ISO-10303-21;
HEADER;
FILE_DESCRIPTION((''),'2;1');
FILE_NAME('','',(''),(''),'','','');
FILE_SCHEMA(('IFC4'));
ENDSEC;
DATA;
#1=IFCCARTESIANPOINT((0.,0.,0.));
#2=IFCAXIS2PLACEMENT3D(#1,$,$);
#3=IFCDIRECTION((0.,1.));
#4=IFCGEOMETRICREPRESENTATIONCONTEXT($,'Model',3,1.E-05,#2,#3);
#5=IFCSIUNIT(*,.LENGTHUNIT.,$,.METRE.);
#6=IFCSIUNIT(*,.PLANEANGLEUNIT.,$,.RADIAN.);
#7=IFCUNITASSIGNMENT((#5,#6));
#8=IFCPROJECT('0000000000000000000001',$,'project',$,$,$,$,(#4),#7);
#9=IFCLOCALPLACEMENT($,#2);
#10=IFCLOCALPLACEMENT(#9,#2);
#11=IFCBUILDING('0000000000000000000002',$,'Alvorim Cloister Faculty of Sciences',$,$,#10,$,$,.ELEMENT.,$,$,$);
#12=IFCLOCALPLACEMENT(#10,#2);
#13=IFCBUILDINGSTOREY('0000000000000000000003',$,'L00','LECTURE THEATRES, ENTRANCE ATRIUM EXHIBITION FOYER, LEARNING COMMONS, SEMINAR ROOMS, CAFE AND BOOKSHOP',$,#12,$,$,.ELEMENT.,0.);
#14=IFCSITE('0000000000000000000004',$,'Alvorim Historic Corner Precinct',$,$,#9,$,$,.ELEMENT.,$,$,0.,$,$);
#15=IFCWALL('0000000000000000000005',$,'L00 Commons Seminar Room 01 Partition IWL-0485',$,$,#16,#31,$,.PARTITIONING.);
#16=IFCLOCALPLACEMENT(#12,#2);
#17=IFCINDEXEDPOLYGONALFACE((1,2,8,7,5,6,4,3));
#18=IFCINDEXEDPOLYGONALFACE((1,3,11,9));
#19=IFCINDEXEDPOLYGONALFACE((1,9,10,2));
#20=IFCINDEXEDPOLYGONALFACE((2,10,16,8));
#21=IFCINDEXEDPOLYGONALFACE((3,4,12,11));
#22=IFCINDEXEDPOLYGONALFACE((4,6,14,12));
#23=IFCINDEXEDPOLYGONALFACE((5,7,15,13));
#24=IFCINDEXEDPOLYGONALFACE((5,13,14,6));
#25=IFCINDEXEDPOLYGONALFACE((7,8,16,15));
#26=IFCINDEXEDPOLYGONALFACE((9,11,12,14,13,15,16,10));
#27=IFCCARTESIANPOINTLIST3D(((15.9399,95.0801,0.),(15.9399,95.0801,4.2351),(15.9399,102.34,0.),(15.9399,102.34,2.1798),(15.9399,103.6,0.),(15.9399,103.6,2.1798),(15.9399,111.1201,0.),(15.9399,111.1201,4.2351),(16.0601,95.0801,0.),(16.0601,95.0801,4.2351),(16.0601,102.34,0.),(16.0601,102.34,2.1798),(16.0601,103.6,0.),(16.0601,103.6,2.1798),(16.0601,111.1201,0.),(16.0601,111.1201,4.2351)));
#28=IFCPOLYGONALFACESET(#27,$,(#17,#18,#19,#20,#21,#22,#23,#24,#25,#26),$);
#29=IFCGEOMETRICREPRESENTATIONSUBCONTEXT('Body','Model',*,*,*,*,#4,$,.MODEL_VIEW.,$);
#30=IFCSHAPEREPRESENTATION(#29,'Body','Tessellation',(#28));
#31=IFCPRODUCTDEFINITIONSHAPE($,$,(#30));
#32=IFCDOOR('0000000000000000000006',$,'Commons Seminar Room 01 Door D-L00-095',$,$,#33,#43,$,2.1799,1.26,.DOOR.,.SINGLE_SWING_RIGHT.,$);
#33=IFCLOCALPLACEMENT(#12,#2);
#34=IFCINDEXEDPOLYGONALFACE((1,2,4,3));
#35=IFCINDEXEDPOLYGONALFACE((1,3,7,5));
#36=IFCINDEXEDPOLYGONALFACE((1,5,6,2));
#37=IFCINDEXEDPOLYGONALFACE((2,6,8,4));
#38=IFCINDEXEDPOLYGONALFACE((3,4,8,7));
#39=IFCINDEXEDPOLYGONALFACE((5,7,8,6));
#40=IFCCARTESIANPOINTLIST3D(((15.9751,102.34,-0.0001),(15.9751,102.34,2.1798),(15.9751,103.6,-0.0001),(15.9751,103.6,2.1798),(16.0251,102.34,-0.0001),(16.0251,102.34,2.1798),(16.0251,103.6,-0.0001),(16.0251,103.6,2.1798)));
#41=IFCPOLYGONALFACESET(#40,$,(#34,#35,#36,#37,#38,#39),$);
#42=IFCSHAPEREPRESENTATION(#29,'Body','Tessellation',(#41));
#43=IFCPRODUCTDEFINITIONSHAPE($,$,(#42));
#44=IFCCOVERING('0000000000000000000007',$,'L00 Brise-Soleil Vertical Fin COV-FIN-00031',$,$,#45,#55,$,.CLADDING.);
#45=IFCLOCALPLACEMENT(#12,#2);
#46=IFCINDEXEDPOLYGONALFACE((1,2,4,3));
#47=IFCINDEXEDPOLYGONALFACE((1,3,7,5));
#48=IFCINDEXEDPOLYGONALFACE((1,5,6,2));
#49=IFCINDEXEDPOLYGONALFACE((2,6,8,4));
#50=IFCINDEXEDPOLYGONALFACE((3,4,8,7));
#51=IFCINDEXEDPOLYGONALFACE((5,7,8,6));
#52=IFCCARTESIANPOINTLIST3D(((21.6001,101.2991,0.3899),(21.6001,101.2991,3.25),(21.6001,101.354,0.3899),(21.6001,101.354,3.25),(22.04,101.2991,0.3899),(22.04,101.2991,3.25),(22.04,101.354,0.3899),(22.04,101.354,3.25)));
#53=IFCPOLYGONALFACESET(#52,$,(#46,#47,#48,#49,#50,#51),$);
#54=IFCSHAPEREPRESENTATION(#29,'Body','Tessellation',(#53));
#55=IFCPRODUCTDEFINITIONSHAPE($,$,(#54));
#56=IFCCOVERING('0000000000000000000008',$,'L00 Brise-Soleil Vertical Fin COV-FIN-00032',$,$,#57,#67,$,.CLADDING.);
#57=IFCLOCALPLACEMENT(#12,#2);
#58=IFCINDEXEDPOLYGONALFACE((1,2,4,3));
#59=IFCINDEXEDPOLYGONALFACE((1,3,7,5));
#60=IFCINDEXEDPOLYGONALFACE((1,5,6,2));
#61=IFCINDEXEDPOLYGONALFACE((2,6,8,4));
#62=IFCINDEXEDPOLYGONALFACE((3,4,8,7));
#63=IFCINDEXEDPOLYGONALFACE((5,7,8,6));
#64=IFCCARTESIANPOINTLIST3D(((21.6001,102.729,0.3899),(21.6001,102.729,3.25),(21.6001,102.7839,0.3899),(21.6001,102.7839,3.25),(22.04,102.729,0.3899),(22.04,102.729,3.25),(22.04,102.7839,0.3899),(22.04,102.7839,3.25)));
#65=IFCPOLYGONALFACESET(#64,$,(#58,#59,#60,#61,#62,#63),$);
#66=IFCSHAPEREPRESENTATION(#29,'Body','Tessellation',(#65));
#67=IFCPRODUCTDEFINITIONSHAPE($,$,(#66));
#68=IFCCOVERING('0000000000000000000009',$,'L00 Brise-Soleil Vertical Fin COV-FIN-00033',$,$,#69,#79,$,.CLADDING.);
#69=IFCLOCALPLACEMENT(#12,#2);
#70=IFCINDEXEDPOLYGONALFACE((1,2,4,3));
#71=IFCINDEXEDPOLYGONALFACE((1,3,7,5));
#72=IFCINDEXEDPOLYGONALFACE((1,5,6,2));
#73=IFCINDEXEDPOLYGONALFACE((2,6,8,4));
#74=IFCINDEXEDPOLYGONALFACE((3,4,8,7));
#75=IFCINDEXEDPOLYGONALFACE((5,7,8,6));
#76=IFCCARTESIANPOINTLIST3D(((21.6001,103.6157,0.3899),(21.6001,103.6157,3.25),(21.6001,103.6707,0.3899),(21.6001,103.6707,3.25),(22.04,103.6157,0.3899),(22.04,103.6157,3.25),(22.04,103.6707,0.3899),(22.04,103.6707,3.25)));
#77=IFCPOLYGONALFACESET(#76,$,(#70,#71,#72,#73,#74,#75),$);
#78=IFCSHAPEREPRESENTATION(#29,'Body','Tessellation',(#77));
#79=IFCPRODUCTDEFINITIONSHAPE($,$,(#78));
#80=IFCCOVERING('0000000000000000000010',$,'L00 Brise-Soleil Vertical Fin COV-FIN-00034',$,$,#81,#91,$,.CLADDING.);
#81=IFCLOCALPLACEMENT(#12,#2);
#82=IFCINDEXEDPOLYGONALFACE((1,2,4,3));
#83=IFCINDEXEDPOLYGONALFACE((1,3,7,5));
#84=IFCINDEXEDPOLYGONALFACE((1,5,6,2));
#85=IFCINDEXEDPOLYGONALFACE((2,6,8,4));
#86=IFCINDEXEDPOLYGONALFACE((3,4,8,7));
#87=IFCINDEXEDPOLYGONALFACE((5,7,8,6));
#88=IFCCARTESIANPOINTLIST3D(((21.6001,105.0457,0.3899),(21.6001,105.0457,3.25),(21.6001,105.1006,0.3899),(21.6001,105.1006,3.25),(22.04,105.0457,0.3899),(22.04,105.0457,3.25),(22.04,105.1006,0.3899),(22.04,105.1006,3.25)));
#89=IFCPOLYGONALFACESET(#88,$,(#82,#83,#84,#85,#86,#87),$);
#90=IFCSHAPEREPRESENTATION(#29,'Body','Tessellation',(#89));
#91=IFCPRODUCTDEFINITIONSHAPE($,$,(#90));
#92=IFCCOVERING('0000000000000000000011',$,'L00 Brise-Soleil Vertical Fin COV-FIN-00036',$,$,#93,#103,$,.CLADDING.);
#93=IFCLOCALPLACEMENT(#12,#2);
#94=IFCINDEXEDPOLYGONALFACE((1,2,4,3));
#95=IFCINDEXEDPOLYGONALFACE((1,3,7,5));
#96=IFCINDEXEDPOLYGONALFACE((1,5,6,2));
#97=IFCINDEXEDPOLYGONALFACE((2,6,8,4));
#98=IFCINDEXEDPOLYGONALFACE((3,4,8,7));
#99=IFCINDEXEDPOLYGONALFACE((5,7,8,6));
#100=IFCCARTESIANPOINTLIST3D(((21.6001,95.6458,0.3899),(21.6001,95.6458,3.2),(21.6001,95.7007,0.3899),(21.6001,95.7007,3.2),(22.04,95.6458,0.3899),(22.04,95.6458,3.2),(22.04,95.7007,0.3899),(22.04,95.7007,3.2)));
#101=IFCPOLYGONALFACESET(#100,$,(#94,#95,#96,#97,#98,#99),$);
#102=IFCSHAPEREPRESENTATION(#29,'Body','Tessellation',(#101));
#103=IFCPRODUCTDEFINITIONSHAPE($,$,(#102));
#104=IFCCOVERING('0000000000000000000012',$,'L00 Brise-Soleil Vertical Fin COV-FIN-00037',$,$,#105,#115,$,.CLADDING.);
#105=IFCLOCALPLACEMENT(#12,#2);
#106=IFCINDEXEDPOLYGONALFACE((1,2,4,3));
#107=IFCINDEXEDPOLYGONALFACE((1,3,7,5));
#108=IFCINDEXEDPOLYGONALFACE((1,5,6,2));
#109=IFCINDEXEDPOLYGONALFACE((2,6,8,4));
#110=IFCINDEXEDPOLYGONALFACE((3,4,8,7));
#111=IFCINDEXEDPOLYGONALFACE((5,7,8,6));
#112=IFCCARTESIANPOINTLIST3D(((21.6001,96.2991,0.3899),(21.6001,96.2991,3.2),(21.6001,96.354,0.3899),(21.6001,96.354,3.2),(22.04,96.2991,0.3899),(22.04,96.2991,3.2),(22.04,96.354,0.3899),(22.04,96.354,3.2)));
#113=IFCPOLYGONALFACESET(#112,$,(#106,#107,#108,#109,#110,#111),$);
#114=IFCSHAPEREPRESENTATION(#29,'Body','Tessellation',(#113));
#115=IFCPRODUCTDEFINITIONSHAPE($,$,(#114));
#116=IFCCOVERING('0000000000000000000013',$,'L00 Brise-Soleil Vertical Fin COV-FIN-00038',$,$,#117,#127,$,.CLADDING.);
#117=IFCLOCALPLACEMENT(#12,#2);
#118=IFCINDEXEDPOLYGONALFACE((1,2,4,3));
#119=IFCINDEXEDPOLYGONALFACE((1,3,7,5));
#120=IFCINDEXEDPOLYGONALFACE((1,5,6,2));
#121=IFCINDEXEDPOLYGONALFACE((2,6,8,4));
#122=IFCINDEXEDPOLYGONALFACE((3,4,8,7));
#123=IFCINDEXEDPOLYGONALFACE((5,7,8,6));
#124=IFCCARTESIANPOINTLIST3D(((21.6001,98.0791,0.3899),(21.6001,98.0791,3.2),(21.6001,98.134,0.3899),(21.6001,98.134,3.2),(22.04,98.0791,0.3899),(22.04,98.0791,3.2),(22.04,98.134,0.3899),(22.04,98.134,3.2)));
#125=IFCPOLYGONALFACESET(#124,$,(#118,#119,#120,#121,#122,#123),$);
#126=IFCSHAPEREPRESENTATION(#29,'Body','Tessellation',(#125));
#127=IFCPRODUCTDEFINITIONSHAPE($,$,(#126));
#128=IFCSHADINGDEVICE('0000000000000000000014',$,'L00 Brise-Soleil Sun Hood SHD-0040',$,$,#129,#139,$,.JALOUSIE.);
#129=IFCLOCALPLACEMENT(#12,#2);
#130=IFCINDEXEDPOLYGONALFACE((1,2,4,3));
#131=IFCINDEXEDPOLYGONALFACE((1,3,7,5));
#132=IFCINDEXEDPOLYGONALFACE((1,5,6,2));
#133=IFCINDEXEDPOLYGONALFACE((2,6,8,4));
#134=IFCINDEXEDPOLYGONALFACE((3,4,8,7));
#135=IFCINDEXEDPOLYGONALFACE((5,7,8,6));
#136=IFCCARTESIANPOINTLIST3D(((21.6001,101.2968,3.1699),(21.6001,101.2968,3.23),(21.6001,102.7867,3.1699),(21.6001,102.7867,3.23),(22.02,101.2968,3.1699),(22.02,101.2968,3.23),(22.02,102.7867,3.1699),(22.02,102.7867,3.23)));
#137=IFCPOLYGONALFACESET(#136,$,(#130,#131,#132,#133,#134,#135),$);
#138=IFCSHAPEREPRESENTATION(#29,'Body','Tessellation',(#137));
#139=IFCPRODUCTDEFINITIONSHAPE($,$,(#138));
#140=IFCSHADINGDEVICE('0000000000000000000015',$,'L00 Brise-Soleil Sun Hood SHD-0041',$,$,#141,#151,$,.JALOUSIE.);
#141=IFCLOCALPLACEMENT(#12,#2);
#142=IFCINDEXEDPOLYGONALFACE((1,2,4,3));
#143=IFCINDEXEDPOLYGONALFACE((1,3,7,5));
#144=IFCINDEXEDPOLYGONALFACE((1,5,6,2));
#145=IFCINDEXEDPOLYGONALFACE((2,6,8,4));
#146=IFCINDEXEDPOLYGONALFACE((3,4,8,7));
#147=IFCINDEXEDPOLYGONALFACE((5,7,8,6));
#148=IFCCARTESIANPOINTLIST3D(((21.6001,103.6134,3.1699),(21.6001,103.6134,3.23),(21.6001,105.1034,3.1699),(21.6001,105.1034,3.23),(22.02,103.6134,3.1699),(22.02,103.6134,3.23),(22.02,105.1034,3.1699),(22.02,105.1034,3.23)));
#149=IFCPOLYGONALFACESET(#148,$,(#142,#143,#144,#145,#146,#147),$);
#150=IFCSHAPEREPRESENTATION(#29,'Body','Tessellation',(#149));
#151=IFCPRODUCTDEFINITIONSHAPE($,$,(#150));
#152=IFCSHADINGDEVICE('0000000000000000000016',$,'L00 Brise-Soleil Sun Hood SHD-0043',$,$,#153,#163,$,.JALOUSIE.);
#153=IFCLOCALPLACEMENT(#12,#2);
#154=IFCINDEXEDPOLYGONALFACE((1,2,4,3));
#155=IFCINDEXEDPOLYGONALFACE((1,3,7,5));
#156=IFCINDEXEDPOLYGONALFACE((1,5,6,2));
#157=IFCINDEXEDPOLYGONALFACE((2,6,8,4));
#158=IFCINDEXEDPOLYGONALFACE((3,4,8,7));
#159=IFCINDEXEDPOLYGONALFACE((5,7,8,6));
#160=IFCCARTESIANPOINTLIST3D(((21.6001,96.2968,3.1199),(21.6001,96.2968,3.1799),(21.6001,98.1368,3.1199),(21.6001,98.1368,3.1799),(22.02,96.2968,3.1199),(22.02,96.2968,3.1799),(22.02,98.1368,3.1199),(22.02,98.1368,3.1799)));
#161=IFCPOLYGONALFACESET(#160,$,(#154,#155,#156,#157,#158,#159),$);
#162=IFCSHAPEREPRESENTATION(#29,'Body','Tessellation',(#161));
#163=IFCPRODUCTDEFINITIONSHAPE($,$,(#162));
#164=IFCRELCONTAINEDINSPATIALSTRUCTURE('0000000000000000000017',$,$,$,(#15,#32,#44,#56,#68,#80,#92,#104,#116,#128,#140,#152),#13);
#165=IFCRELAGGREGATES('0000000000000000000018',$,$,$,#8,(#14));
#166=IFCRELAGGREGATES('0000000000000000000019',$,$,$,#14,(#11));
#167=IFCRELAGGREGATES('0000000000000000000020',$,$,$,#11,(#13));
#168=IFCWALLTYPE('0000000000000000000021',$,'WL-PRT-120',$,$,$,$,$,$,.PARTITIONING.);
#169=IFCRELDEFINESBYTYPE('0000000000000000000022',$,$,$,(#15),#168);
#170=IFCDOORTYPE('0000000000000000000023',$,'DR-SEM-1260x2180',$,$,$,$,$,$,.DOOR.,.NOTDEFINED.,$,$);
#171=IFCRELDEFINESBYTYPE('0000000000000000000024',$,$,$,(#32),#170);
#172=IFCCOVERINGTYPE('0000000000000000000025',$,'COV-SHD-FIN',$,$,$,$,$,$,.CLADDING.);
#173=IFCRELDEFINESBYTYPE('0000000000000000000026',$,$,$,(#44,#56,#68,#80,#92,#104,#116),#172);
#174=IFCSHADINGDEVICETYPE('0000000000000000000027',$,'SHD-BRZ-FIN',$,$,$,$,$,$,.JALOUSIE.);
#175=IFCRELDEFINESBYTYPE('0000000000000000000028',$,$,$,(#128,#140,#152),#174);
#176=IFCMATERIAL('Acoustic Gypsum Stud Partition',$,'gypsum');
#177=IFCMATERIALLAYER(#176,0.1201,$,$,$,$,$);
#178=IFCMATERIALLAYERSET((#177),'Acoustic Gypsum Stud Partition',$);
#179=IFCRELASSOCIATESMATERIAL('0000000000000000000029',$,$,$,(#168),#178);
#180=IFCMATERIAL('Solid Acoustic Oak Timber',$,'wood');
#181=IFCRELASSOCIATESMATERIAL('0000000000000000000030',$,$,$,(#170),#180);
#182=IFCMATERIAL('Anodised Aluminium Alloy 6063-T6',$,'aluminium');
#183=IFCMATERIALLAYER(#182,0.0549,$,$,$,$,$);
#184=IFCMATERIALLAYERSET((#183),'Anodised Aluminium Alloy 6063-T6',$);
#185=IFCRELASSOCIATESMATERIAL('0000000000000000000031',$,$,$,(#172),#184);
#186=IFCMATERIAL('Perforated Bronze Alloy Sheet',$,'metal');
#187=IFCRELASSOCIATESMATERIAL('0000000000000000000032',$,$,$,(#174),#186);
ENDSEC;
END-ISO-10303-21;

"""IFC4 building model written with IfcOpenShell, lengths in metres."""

from ifc_helpers import new_model, si_unit, direction, frame, frame_2d, origin, origin_2d, place, context, subcontext, project, spatial, polyline, rectangle, outline, extrude, material, layer, layer_set, type_object, element, fill, save


model = new_model("IFC4")

# Units and contexts
model_context = context("Model", 3, precision=1e-05, world=origin(), true_north=direction((0.0, 1.0)))
body_context = subcontext(model_context, "Body", "Model", "MODEL_VIEW")
ifc_project = project(units=[si_unit("LENGTHUNIT", "METRE"), si_unit("PLANEANGLEUNIT", "RADIAN")], contexts=[model_context])

# Site, building, storey
site_placement = place(None, origin())
site = spatial("IfcSite", under=ifc_project, at=site_placement, Name="Alvorim Historic Corner Precinct", CompositionType="ELEMENT", RefElevation=0.0)
building_placement = place(site_placement, origin())
building = spatial("IfcBuilding", under=site, at=building_placement, Name="Alvorim Cloister Faculty of Sciences", CompositionType="ELEMENT")
storey_placement = place(building_placement, origin())
storey = spatial("IfcBuildingStorey", under=building, at=storey_placement, Name="L00", Description="LECTURE THEATRES, ENTRANCE ATRIUM EXHIBITION FOYER, LEARNING COMMONS, SEMINAR ROOMS, CAFE AND BOOKSHOP", CompositionType="ELEMENT", Elevation=0.0)

# Wall, opening, door
ifc_material_1 = material(Name="Acoustic Gypsum Stud Partition", Category="gypsum")
ifc_layer_1 = layer(ifc_material_1, 0.1201)
ifc_layer_set_1 = layer_set([ifc_layer_1], Name="Acoustic Gypsum Stud Partition")
wall_type_1 = type_object("IfcWallType", Name="WL-PRT-120", PredefinedType="PARTITIONING", material=ifc_layer_set_1)
wall_1_placement = place(storey_placement, frame((16.0, 95.0801, 0.0), z_axis=(0.0, 0.0, 1.0), x_axis=(0.0, 1.0, 0.0)))
wall_1 = element("IfcWall", 1, at=wall_1_placement, inside=storey, type_object=wall_type_1, Name="L00 Commons Seminar Room 01 Partition IWL-0485", PredefinedType="PARTITIONING", context=body_context, shape_type="SweptSolid", body=[
    extrude(rectangle(XDim=16.04, YDim=0.1201, at=frame_2d((8.02, 0.0))), origin(), (0.0, 0.0, 1.0), 4.2351),
])
opening_1_placement = place(wall_1_placement, frame((7.26, 0.0, 0.0)))
opening_1 = element("IfcOpeningElement", 2, at=opening_1_placement, cuts=wall_1, PredefinedType="OPENING", context=body_context, shape_type="SweptSolid", body=[
    extrude(rectangle(XDim=1.26, YDim=2.1799, at=frame_2d((0.6299, 1.0898))), frame((0.0, 0.072, 0.0), z_axis=(0.0, -1.0, 0.0), x_axis=(1.0, 0.0, 0.0)), (0.0, 0.0, 1.0), 0.144),
])
ifc_material_2 = material(Name="Solid Acoustic Oak Timber", Category="wood")
door_type = type_object("IfcDoorType", Name="DR-SEM-1260x2180", OperationType="NOTDEFINED", PredefinedType="DOOR", material=ifc_material_2)
door_placement = place(opening_1_placement, origin())
door = element("IfcDoor", 3, at=door_placement, inside=storey, type_object=door_type, Name="Commons Seminar Room 01 Door D-L00-095", OperationType="SINGLE_SWING_RIGHT", OverallHeight=2.1799, OverallWidth=1.26, PredefinedType="DOOR", context=body_context, shape_type="SweptSolid", body=[
    extrude(rectangle(XDim=1.26, YDim=2.1799, at=frame_2d((0.6299, 1.0898))), frame((0.0, 0.0249, 0.0), z_axis=(0.0, -1.0, 0.0), x_axis=(1.0, 0.0, 0.0)), (0.0, 0.0, 1.0), 0.05),
])
fill(opening_1, door)

# Coverings
ifc_material_3 = material(Name="Anodised Aluminium Alloy 6063-T6", Category="aluminium")
ifc_layer_2 = layer(ifc_material_3, 0.0549)
ifc_layer_set_2 = layer_set([ifc_layer_2], Name="Anodised Aluminium Alloy 6063-T6")
covering_type = type_object("IfcCoveringType", Name="COV-SHD-FIN", PredefinedType="CLADDING", material=ifc_layer_set_2)
for number, where, z_axis, x_axis, name in (
    (4, (21.6001, 101.3267, 0.3899), (0.0, 0.0, 1.0), (1.0, 0.0, 0.0), "L00 Brise-Soleil Vertical Fin COV-FIN-00031"),
    (5, (21.6001, 102.7566, 0.3899), (0.0, 0.0, 1.0), (1.0, 0.0, 0.0), "L00 Brise-Soleil Vertical Fin COV-FIN-00032"),
    (6, (21.6001, 103.6433, 0.3899), (0.0, 0.0, 1.0), (1.0, 0.0, 0.0), "L00 Brise-Soleil Vertical Fin COV-FIN-00033"),
    (7, (21.6001, 105.0732, 0.3899), (0.0, 0.0, 1.0), (1.0, 0.0, 0.0), "L00 Brise-Soleil Vertical Fin COV-FIN-00034"),
):
    element("IfcCovering", number, at=place(storey_placement, frame(where, z_axis=z_axis, x_axis=x_axis)), inside=storey, type_object=covering_type, Name=name, PredefinedType="CLADDING", context=body_context, shape_type="SweptSolid", body=[
        extrude(outline(polyline([(0.0, 0.0), (0.4399, 0.0), (0.4399, 2.8601), (0.0, 2.8601), (0.0, 0.0)])), frame((0.0, 0.0273, 0.0), z_axis=(0.0, -1.0, 0.0), x_axis=(1.0, 0.0, 0.0)), (0.0, 0.0, 1.0), 0.0549),
    ])
for number, where, z_axis, x_axis, name in (
    (8, (21.6001, 95.6733, 0.3899), (0.0, 0.0, 1.0), (1.0, 0.0, 0.0), "L00 Brise-Soleil Vertical Fin COV-FIN-00036"),
    (9, (21.6001, 96.3267, 0.3899), (0.0, 0.0, 1.0), (1.0, 0.0, 0.0), "L00 Brise-Soleil Vertical Fin COV-FIN-00037"),
    (10, (21.6001, 98.1067, 0.3899), (0.0, 0.0, 1.0), (1.0, 0.0, 0.0), "L00 Brise-Soleil Vertical Fin COV-FIN-00038"),
):
    element("IfcCovering", number, at=place(storey_placement, frame(where, z_axis=z_axis, x_axis=x_axis)), inside=storey, type_object=covering_type, Name=name, PredefinedType="CLADDING", context=body_context, shape_type="SweptSolid", body=[
        extrude(outline(polyline([(0.0, 0.0), (0.4399, 0.0), (0.4399, 2.8101), (0.0, 2.8101), (0.0, 0.0)])), frame((0.0, 0.0273, 0.0), z_axis=(0.0, -1.0, 0.0), x_axis=(1.0, 0.0, 0.0)), (0.0, 0.0, 1.0), 0.0549),
    ])

# Shading devices
ifc_material_4 = material(Name="Perforated Bronze Alloy Sheet", Category="metal")
shading_device_type = type_object("IfcShadingDeviceType", Name="SHD-BRZ-FIN", PredefinedType="JALOUSIE", material=ifc_material_4)
for number, where, z_axis, x_axis, name in (
    (11, (21.8101, 102.0417, 3.1699), (0.0, 0.0, 1.0), (1.0, 0.0, 0.0), "L00 Brise-Soleil Sun Hood SHD-0040"),
    (12, (21.8101, 104.3584, 3.1699), (0.0, 0.0, 1.0), (1.0, 0.0, 0.0), "L00 Brise-Soleil Sun Hood SHD-0041"),
):
    element("IfcShadingDevice", number, at=place(storey_placement, frame(where, z_axis=z_axis, x_axis=x_axis)), inside=storey, type_object=shading_device_type, Name=name, PredefinedType="JALOUSIE", context=body_context, shape_type="SweptSolid", body=[
        extrude(rectangle(XDim=0.4199, YDim=1.49, at=origin_2d()), origin(), (0.0, 0.0, 1.0), 0.0601),
    ])
shading_device_placement = place(storey_placement, frame((21.8101, 97.2168, 3.1199), z_axis=(0.0, 0.0, 1.0), x_axis=(1.0, 0.0, 0.0)))
element("IfcShadingDevice", 13, at=shading_device_placement, inside=storey, type_object=shading_device_type, Name="L00 Brise-Soleil Sun Hood SHD-0043", PredefinedType="JALOUSIE", context=body_context, shape_type="SweptSolid", body=[
    extrude(rectangle(XDim=0.4199, YDim=1.8401, at=origin_2d()), origin(), (0.0, 0.0, 1.0), 0.0601),
])

save(model, "model.ifc")
